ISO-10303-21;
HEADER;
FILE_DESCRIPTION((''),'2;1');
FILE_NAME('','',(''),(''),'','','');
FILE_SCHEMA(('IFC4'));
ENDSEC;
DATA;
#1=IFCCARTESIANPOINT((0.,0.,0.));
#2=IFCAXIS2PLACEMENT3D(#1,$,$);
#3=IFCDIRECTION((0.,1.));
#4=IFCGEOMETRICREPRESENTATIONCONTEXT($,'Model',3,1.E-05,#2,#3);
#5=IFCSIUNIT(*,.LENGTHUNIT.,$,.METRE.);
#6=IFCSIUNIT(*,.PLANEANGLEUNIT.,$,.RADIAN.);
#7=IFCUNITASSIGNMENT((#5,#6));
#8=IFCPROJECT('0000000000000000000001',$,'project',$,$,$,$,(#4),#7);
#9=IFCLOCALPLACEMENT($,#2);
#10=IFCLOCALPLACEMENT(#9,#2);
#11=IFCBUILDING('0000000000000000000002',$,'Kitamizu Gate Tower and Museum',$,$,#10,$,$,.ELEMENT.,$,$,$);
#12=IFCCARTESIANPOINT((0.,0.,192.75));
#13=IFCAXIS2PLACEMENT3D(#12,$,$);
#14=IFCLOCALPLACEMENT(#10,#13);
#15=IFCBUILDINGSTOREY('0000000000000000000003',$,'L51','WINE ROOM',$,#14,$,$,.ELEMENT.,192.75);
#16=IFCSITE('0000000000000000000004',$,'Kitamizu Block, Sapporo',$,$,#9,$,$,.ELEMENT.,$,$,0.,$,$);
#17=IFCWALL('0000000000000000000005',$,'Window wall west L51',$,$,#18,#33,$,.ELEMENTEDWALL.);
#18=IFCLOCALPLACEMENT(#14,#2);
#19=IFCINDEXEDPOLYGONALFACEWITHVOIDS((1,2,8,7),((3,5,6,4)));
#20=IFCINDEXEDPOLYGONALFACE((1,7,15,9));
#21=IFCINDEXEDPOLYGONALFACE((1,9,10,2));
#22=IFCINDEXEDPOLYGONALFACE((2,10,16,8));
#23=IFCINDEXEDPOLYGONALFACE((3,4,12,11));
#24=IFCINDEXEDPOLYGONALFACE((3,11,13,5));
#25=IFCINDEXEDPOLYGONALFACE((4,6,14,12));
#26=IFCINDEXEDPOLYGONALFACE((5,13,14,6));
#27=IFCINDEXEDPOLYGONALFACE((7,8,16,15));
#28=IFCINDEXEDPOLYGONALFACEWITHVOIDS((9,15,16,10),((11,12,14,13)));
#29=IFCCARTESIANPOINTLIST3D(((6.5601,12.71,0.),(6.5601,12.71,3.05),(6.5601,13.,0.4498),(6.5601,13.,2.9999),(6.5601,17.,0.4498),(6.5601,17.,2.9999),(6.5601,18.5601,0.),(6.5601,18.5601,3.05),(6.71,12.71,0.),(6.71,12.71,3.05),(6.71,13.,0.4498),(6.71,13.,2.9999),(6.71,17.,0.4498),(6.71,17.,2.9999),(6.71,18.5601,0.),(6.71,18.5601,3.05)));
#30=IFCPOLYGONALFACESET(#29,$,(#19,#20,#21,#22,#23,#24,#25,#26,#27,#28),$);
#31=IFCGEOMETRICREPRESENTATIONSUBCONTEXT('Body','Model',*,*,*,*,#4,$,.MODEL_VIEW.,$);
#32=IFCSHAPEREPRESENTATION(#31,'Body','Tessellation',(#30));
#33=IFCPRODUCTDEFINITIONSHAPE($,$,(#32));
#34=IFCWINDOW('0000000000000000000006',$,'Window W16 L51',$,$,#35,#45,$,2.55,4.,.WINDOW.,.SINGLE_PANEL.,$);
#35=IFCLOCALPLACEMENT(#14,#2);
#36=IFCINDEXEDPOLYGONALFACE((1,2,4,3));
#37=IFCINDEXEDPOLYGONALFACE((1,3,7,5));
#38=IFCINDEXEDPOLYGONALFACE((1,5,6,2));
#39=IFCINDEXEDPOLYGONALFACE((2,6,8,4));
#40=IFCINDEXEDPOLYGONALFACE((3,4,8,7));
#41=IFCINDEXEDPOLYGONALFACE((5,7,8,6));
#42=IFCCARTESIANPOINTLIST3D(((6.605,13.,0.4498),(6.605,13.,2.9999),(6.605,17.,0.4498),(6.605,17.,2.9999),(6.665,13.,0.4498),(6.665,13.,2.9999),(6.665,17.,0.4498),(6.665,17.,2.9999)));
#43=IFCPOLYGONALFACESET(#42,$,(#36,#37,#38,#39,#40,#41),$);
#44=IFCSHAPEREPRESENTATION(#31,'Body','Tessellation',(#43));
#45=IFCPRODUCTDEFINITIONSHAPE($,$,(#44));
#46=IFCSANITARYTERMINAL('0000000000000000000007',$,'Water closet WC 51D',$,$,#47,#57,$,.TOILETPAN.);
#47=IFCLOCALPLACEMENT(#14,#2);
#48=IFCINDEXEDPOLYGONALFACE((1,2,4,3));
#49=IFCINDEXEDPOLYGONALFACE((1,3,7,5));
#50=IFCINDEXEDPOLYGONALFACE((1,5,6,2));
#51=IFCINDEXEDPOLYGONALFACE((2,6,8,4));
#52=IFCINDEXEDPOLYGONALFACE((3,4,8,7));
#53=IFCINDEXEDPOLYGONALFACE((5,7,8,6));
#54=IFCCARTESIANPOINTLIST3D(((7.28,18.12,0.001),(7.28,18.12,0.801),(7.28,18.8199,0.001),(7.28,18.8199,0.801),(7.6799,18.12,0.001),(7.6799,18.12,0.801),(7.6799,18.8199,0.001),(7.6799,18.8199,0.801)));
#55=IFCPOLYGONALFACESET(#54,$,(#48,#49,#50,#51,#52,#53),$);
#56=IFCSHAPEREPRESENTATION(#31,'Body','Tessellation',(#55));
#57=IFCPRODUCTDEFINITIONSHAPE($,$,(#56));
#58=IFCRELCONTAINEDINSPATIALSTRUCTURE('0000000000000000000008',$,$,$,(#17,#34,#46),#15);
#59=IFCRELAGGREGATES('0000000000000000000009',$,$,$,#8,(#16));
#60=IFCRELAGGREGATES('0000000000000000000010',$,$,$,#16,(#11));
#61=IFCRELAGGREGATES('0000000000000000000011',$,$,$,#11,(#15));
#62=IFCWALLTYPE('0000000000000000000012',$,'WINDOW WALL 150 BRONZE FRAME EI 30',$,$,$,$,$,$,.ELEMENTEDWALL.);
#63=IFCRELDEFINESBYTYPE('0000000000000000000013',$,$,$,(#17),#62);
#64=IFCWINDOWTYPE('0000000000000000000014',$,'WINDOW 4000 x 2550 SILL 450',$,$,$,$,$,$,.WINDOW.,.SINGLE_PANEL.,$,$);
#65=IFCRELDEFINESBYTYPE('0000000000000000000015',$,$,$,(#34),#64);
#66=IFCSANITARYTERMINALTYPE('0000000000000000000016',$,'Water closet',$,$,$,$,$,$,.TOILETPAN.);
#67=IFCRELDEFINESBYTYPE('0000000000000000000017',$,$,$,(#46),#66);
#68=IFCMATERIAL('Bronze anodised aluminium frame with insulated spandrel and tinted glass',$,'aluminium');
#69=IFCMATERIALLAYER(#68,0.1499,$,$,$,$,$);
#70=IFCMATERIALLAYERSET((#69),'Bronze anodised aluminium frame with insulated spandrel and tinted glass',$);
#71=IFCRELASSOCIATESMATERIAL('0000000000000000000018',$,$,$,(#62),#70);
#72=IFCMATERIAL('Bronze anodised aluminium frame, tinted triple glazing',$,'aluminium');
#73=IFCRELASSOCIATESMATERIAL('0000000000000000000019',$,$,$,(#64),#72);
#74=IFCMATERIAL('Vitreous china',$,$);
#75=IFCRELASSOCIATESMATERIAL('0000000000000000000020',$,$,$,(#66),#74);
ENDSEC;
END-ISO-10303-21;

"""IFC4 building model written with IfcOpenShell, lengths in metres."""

from ifc_helpers import new_model, si_unit, direction, frame, frame_2d, origin, origin_2d, place, context, subcontext, project, spatial, rectangle, extrude, material, layer, layer_set, type_object, element, fill, save


model = new_model("IFC4")

# Units and contexts
model_context = context("Model", 3, precision=1e-05, world=origin(), true_north=direction((0.0, 1.0)))
body_context = subcontext(model_context, "Body", "Model", "MODEL_VIEW")
ifc_project = project(units=[si_unit("LENGTHUNIT", "METRE"), si_unit("PLANEANGLEUNIT", "RADIAN")], contexts=[model_context])

# Site, building, storey
site_placement = place(None, origin())
site = spatial("IfcSite", under=ifc_project, at=site_placement, Name="Kitamizu Block, Sapporo", CompositionType="ELEMENT", RefElevation=0.0)
building_placement = place(site_placement, origin())
building = spatial("IfcBuilding", under=site, at=building_placement, Name="Kitamizu Gate Tower and Museum", CompositionType="ELEMENT")
storey_placement = place(building_placement, frame((0.0, 0.0, 192.75)))
storey = spatial("IfcBuildingStorey", under=building, at=storey_placement, Name="L51", Description="WINE ROOM", CompositionType="ELEMENT", Elevation=192.75)

# Shared definitions
ifc_material_1 = material(Name="Bronze anodised aluminium frame with insulated spandrel and tinted glass", Category="aluminium")
ifc_layer_1 = layer(ifc_material_1, 0.1499)
ifc_layer_set_1 = layer_set([ifc_layer_1], Name="Bronze anodised aluminium frame with insulated spandrel and tinted glass")
wall_type_1 = type_object("IfcWallType", Name="WINDOW WALL 150 BRONZE FRAME EI 30", PredefinedType="ELEMENTEDWALL", material=ifc_layer_set_1)

# Wall, opening, window
wall_1_placement = place(storey_placement, frame((6.635, 12.71, 0.0), z_axis=(0.0, 0.0, 1.0), x_axis=(0.0, 1.0, 0.0)))
wall_1 = element("IfcWall", 1, at=wall_1_placement, inside=storey, type_object=wall_type_1, Name="Window wall west L51", PredefinedType="ELEMENTEDWALL", context=body_context, shape_type="SweptSolid", body=[
    extrude(rectangle(XDim=5.8501, YDim=0.1499, at=frame_2d((2.925, 0.0))), origin(), (0.0, 0.0, 1.0), 3.05),
])
opening_1_placement = place(wall_1_placement, frame((0.29, 0.0, 0.45)))
opening_1 = element("IfcOpeningElement", 2, at=opening_1_placement, cuts=wall_1, PredefinedType="OPENING", context=body_context, shape_type="SweptSolid", body=[
    extrude(rectangle(XDim=4.0, YDim=2.55, at=frame_2d((2.0, 1.2749))), frame((0.0, 0.085, 0.0), z_axis=(0.0, -1.0, 0.0), x_axis=(1.0, 0.0, 0.0)), (0.0, 0.0, 1.0), 0.1699),
])
ifc_material_2 = material(Name="Bronze anodised aluminium frame, tinted triple glazing", Category="aluminium")
window_type_1 = type_object("IfcWindowType", Name="WINDOW 4000 x 2550 SILL 450", PartitioningType="SINGLE_PANEL", PredefinedType="WINDOW", material=ifc_material_2)
window_1_placement = place(opening_1_placement, origin())
window_1 = element("IfcWindow", 3, at=window_1_placement, inside=storey, type_object=window_type_1, Name="Window W16 L51", OverallHeight=2.55, OverallWidth=4.0, PartitioningType="SINGLE_PANEL", PredefinedType="WINDOW", context=body_context, shape_type="SweptSolid", body=[
    extrude(rectangle(XDim=4.0, YDim=2.55, at=frame_2d((2.0, 1.2749))), frame((0.0, 0.03, 0.0), z_axis=(0.0, -1.0, 0.0), x_axis=(1.0, 0.0, 0.0)), (0.0, 0.0, 1.0), 0.0601),
])
fill(opening_1, window_1)

# Sanitary terminal
ifc_material_3 = material(Name="Vitreous china")
sanitary_terminal_type = type_object("IfcSanitaryTerminalType", Name="Water closet", PredefinedType="TOILETPAN", material=ifc_material_3)
sanitary_terminal_placement = place(storey_placement, frame((7.48, 18.47, 0.001), z_axis=(0.0, 0.0, 1.0), x_axis=(1.0, 0.0, 0.0)))
element("IfcSanitaryTerminal", 4, at=sanitary_terminal_placement, inside=storey, type_object=sanitary_terminal_type, Name="Water closet WC 51D", PredefinedType="TOILETPAN", context=body_context, shape_type="SweptSolid", body=[
    extrude(rectangle(XDim=0.3999, YDim=0.7, at=origin_2d()), origin(), (0.0, 0.0, 1.0), 0.8),
])

save(model, "model.ifc")
